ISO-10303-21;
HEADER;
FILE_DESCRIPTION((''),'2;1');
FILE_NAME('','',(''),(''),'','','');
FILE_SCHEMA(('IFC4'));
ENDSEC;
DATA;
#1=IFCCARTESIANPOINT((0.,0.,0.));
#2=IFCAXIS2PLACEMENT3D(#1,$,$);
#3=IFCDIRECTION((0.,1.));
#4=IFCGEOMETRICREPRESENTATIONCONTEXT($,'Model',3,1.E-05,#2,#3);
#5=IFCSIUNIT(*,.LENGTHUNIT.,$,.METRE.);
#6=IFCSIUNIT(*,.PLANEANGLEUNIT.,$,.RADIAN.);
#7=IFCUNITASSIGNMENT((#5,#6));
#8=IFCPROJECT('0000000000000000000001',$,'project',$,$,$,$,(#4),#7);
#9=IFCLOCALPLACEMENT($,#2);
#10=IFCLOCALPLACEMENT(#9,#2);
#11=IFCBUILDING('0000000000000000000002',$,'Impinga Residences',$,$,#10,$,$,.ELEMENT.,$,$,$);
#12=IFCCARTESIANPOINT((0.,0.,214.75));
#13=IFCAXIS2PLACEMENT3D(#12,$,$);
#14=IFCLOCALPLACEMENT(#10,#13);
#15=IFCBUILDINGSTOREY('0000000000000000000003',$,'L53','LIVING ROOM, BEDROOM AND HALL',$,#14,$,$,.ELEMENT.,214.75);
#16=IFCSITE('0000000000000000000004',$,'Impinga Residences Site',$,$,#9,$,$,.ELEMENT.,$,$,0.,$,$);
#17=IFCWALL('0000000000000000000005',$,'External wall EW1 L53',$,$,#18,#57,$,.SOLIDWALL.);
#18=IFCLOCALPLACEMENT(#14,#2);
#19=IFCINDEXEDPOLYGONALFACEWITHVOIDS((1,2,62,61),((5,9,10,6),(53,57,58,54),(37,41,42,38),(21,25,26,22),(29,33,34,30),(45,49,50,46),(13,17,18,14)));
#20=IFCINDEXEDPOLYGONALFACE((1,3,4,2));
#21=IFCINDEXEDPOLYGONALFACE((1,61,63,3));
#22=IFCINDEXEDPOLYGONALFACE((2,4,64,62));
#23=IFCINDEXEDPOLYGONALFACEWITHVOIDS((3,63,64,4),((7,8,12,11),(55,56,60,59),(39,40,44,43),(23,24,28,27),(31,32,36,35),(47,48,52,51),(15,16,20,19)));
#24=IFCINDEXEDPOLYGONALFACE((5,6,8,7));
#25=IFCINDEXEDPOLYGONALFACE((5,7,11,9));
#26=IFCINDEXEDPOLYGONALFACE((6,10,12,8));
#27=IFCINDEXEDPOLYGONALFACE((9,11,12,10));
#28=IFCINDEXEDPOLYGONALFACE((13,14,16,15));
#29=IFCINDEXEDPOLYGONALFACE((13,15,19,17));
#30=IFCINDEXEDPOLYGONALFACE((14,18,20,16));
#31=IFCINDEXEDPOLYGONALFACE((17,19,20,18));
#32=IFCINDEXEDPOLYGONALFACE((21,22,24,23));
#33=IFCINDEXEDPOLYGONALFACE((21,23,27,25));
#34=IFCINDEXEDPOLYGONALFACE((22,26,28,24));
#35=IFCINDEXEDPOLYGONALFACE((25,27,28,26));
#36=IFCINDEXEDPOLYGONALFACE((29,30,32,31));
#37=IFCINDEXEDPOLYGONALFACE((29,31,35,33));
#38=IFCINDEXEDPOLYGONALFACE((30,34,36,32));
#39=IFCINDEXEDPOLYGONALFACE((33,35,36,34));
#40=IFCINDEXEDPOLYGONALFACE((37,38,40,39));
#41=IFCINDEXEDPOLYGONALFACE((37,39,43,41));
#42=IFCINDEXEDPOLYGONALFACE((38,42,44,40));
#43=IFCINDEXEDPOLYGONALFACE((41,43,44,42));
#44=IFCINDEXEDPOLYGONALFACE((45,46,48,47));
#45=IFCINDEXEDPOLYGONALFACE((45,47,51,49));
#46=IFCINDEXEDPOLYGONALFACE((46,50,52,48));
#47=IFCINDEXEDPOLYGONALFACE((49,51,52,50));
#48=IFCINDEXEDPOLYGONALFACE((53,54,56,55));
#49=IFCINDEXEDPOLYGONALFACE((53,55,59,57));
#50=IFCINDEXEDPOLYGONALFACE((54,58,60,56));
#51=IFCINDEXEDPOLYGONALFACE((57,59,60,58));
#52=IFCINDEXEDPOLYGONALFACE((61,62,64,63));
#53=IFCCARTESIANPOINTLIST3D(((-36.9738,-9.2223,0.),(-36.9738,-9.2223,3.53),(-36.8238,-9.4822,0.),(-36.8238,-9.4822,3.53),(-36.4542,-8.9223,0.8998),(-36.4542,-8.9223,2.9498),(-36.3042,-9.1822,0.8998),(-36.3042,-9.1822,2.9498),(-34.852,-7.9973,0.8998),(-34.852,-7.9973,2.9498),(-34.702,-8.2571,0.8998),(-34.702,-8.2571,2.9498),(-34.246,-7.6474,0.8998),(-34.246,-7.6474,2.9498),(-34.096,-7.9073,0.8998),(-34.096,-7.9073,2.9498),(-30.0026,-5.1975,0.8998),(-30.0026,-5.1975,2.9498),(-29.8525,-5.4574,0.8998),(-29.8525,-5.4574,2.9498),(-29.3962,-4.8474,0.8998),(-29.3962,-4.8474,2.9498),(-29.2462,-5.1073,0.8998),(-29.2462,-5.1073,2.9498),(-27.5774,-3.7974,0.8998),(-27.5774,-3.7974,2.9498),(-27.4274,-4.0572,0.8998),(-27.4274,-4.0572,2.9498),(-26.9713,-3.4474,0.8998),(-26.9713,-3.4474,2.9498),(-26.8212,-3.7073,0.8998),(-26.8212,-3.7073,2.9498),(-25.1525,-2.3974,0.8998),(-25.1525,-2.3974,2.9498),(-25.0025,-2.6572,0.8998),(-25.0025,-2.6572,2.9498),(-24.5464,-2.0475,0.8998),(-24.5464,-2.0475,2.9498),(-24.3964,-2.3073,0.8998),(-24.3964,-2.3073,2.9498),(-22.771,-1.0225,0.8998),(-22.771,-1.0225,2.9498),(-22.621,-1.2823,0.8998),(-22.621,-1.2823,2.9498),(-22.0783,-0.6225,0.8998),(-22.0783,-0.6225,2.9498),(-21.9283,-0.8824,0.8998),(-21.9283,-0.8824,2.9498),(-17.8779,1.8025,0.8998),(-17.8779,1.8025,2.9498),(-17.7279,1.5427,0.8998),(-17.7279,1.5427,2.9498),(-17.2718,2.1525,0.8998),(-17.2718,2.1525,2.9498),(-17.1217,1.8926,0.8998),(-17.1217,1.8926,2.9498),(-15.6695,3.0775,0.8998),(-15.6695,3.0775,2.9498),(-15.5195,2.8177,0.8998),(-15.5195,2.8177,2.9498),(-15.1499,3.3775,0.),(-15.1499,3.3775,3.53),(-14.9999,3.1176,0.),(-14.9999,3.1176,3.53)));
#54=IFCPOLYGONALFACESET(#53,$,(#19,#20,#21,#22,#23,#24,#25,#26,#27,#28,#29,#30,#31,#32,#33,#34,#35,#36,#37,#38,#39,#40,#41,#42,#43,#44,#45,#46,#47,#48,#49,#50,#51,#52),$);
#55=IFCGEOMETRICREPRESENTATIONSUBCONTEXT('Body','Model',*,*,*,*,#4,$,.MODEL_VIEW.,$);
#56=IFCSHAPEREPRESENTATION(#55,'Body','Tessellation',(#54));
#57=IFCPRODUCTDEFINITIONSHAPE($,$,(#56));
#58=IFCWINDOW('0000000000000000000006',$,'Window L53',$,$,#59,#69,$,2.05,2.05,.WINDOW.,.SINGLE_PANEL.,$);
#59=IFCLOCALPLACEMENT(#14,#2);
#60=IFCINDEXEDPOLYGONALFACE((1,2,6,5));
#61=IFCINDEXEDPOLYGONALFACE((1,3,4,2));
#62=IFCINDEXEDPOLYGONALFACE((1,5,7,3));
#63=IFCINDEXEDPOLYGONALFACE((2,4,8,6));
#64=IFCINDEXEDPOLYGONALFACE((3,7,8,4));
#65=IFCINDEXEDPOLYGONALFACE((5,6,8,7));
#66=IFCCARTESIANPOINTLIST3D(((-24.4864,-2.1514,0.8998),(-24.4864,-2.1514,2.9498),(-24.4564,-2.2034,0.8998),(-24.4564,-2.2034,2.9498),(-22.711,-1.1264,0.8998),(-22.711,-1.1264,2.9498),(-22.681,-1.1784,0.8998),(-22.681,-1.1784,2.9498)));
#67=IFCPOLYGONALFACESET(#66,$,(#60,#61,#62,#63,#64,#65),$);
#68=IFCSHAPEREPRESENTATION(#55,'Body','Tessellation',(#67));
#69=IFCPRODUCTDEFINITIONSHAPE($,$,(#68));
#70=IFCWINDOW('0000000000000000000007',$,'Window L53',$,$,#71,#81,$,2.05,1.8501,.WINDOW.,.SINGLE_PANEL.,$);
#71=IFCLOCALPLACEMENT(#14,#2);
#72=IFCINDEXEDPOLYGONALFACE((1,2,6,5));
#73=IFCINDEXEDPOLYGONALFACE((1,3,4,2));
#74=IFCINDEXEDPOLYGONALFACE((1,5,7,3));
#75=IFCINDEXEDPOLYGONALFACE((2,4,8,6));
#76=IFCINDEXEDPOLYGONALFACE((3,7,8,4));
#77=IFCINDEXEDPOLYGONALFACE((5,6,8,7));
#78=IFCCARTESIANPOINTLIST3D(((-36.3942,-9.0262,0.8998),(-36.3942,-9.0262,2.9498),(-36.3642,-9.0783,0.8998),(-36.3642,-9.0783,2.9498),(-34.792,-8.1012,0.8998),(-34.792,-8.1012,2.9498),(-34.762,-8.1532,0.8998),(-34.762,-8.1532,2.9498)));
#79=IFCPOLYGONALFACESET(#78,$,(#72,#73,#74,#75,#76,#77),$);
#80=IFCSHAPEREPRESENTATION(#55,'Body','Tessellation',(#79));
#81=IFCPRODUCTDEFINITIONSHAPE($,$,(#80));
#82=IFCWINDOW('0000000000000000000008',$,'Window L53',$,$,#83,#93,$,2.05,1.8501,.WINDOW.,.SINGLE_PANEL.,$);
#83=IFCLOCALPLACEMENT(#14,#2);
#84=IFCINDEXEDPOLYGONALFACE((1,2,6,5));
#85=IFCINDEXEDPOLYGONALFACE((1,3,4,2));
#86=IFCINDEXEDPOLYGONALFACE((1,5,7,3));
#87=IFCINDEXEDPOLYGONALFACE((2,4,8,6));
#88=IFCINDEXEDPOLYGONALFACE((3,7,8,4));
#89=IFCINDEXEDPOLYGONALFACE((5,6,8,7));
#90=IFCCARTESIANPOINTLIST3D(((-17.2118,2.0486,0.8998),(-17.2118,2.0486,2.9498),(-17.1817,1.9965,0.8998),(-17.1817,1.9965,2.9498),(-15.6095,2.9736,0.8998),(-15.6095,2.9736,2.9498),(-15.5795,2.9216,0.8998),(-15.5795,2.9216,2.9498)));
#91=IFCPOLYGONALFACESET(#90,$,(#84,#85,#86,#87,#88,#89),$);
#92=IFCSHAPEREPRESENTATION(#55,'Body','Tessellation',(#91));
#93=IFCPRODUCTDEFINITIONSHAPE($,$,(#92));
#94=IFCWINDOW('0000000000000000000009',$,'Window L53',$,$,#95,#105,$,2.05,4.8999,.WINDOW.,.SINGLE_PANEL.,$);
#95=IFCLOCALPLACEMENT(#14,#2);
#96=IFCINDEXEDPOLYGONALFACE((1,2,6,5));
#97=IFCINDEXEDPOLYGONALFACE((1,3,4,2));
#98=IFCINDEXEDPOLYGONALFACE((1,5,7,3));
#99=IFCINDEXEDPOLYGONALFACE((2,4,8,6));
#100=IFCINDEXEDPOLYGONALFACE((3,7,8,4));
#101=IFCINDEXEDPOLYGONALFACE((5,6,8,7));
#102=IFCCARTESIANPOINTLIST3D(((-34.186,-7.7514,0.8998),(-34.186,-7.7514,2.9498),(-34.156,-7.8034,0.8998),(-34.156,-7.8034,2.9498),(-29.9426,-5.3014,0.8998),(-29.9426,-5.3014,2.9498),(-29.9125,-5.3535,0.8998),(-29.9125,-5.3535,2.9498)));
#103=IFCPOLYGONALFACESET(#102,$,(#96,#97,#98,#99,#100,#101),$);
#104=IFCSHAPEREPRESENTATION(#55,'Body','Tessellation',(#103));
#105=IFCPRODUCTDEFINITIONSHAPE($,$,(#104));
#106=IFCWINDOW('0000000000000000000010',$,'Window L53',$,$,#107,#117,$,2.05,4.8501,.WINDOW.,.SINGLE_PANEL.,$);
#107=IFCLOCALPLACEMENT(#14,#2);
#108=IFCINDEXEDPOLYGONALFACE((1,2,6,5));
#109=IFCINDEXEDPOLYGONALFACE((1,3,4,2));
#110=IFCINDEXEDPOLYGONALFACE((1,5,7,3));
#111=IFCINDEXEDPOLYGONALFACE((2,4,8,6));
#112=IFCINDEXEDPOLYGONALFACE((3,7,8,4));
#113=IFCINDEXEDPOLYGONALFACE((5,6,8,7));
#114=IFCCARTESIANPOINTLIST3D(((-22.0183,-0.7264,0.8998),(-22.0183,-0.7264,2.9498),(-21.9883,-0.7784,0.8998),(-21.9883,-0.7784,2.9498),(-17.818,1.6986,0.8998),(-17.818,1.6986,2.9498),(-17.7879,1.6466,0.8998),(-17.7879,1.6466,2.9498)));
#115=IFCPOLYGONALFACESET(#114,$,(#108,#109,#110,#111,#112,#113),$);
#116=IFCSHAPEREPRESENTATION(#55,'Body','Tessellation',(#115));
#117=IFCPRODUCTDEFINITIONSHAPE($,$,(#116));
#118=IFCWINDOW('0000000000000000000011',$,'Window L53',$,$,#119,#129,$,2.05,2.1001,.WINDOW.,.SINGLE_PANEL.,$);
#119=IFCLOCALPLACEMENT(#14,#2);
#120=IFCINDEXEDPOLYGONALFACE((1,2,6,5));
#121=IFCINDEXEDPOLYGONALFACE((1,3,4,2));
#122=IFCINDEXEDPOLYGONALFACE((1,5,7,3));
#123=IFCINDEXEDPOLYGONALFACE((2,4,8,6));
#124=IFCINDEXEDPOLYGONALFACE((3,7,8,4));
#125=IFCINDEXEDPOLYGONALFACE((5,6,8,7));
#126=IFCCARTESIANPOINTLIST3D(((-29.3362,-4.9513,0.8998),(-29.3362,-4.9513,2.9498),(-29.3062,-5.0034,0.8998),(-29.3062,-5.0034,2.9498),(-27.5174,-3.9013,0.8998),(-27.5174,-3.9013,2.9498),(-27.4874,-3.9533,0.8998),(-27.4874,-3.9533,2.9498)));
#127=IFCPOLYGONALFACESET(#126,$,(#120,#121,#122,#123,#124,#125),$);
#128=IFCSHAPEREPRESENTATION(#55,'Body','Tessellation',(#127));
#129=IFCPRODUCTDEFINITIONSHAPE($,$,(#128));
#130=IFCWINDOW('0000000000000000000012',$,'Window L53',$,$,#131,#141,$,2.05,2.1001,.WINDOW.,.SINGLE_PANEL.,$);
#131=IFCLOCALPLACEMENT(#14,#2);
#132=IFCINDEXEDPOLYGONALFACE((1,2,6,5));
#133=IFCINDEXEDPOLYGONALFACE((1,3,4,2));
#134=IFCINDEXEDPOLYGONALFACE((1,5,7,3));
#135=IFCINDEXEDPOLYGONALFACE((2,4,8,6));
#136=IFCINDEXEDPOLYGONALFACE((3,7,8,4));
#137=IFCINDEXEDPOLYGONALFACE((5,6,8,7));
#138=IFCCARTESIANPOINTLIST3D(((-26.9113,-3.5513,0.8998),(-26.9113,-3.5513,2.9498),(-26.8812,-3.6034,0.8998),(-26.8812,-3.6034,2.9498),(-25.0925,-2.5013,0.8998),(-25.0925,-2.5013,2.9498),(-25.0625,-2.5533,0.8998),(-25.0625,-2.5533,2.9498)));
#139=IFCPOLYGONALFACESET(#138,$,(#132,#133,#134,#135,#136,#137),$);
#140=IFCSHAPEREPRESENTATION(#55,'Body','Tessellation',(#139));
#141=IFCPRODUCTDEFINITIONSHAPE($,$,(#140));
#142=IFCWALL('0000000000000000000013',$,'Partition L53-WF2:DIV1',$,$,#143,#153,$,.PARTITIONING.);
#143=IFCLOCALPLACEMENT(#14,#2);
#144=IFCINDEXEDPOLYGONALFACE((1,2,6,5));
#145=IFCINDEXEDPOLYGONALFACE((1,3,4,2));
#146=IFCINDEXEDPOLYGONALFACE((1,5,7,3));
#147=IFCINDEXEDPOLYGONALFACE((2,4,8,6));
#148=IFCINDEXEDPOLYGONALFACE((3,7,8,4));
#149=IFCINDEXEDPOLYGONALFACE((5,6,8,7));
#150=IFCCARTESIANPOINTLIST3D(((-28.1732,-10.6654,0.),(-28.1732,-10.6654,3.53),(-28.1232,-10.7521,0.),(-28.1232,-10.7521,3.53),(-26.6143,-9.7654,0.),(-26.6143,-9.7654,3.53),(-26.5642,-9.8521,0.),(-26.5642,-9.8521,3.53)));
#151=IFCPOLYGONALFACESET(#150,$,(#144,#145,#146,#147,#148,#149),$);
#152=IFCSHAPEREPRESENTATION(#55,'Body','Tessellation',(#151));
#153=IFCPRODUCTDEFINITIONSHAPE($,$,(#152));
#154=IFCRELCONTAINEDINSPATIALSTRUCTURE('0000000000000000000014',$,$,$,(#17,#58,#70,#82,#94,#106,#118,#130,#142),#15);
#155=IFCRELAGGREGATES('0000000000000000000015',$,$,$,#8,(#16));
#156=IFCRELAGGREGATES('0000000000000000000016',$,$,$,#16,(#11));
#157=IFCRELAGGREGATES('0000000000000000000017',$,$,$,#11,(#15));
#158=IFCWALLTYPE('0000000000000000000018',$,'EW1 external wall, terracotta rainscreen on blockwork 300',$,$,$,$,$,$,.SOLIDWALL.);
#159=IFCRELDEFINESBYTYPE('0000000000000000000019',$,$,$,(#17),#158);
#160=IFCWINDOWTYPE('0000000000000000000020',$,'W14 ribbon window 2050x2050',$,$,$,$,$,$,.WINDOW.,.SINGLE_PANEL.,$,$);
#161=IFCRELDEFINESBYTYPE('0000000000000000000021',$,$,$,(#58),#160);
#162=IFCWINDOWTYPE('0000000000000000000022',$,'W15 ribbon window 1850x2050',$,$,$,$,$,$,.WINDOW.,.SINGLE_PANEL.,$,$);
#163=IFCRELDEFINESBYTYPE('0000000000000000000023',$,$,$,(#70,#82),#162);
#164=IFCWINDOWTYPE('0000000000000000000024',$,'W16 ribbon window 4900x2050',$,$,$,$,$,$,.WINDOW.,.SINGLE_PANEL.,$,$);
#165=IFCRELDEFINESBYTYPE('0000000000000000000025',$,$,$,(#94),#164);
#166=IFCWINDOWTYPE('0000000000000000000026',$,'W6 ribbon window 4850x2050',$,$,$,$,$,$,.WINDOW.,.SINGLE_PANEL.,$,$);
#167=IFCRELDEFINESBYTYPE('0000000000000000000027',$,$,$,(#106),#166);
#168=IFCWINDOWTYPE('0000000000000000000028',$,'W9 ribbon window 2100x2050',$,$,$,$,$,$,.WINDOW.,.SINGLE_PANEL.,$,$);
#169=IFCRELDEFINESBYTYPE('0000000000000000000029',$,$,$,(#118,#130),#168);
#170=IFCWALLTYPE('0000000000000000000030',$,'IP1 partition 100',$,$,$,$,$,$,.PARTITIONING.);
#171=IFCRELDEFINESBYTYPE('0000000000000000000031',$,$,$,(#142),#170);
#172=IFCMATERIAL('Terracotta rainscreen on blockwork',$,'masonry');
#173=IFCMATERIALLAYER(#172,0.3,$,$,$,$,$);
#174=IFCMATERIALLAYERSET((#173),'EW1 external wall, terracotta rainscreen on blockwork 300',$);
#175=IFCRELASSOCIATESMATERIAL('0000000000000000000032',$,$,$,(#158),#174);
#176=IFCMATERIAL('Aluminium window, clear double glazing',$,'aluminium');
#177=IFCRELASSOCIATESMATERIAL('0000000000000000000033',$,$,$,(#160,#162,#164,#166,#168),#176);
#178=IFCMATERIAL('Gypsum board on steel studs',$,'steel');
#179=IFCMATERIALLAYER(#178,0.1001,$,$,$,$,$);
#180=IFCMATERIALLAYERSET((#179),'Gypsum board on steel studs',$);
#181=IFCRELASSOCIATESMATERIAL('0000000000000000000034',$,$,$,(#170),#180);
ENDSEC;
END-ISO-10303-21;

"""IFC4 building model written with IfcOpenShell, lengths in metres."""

from ifc_helpers import new_model, si_unit, direction, frame, frame_2d, origin, place, context, subcontext, project, spatial, rectangle, extrude, material, layer, layer_set, type_object, element, fill, save


model = new_model("IFC4")

# Units and contexts
model_context = context("Model", 3, precision=1e-05, world=origin(), true_north=direction((0.0, 1.0)))
body_context = subcontext(model_context, "Body", "Model", "MODEL_VIEW")
ifc_project = project(units=[si_unit("LENGTHUNIT", "METRE"), si_unit("PLANEANGLEUNIT", "RADIAN")], contexts=[model_context])

# Site, building, storey
site_placement = place(None, origin())
site = spatial("IfcSite", under=ifc_project, at=site_placement, Name="Impinga Residences Site", CompositionType="ELEMENT", RefElevation=0.0)
building_placement = place(site_placement, origin())
building = spatial("IfcBuilding", under=site, at=building_placement, Name="Impinga Residences", CompositionType="ELEMENT")
storey_placement = place(building_placement, frame((0.0, 0.0, 214.75)))
storey = spatial("IfcBuildingStorey", under=building, at=storey_placement, Name="L53", Description="LIVING ROOM, BEDROOM AND HALL", CompositionType="ELEMENT", Elevation=214.75)

# Shared definitions
ifc_material_1 = material(Name="Terracotta rainscreen on blockwork", Category="masonry")
ifc_layer_1 = layer(ifc_material_1, 0.3)
ifc_layer_set_1 = layer_set([ifc_layer_1], Name="EW1 external wall, terracotta rainscreen on blockwork 300")
wall_type_1 = type_object("IfcWallType", Name="EW1 external wall, terracotta rainscreen on blockwork 300", PredefinedType="SOLIDWALL", material=ifc_layer_set_1)

# Wall, openings, windows
wall_1_placement = place(storey_placement, frame((-36.8989, -9.3523, 0.0), z_axis=(0.0, 0.0, 1.0), x_axis=(0.866029, 0.499993, 0.0)))
wall_1 = element("IfcWall", 1, at=wall_1_placement, inside=storey, type_object=wall_type_1, Name="External wall EW1 L53", PredefinedType="SOLIDWALL", context=body_context, shape_type="SweptSolid", body=[
    extrude(rectangle(XDim=25.2, YDim=0.3, at=frame_2d((12.6001, 0.0))), origin(), (0.0, 0.0, 1.0), 3.53),
])
opening_1_placement = place(wall_1_placement, frame((0.6001, 0.0, 0.8999)))
opening_1 = element("IfcOpeningElement", 2, at=opening_1_placement, cuts=wall_1, PredefinedType="OPENING", context=body_context, shape_type="SweptSolid", body=[
    extrude(rectangle(XDim=1.8501, YDim=2.05, at=frame_2d((0.925, 1.0249))), frame((0.0, 0.1599, 0.0), z_axis=(0.0, -1.0, 0.0), x_axis=(1.0, 0.0, 0.0)), (0.0, 0.0, 1.0), 0.3201),
])
opening_2_placement = place(wall_1_placement, frame((3.1499, 0.0, 0.8999)))
opening_2 = element("IfcOpeningElement", 3, at=opening_2_placement, cuts=wall_1, PredefinedType="OPENING", context=body_context, shape_type="SweptSolid", body=[
    extrude(rectangle(XDim=4.8999, YDim=2.05, at=frame_2d((2.45, 1.0249))), frame((0.0, 0.1599, 0.0), z_axis=(0.0, -1.0, 0.0), x_axis=(1.0, 0.0, 0.0)), (0.0, 0.0, 1.0), 0.3201),
])
opening_3_placement = place(wall_1_placement, frame((8.75, 0.0, 0.8999)))
opening_3 = element("IfcOpeningElement", 4, at=opening_3_placement, cuts=wall_1, PredefinedType="OPENING", context=body_context, shape_type="SweptSolid", body=[
    extrude(rectangle(XDim=2.1001, YDim=2.05, at=frame_2d((1.05, 1.0249))), frame((0.0, 0.1599, 0.0), z_axis=(0.0, -1.0, 0.0), x_axis=(1.0, 0.0, 0.0)), (0.0, 0.0, 1.0), 0.3201),
])
opening_4_placement = place(wall_1_placement, frame((11.55, 0.0, 0.8999)))
opening_4 = element("IfcOpeningElement", 5, at=opening_4_placement, cuts=wall_1, PredefinedType="OPENING", context=body_context, shape_type="SweptSolid", body=[
    extrude(rectangle(XDim=2.1001, YDim=2.05, at=frame_2d((1.05, 1.0249))), frame((0.0, 0.1599, 0.0), z_axis=(0.0, -1.0, 0.0), x_axis=(1.0, 0.0, 0.0)), (0.0, 0.0, 1.0), 0.3201),
])
opening_5_placement = place(wall_1_placement, frame((14.3501, 0.0, 0.8999)))
opening_5 = element("IfcOpeningElement", 6, at=opening_5_placement, cuts=wall_1, PredefinedType="OPENING", context=body_context, shape_type="SweptSolid", body=[
    extrude(rectangle(XDim=2.05, YDim=2.05, at=frame_2d((1.0249, 1.0249))), frame((0.0, 0.1599, 0.0), z_axis=(0.0, -1.0, 0.0), x_axis=(1.0, 0.0, 0.0)), (0.0, 0.0, 1.0), 0.3201),
])
opening_6_placement = place(wall_1_placement, frame((17.2, 0.0, 0.8999)))
opening_6 = element("IfcOpeningElement", 7, at=opening_6_placement, cuts=wall_1, PredefinedType="OPENING", context=body_context, shape_type="SweptSolid", body=[
    extrude(rectangle(XDim=4.8501, YDim=2.05, at=frame_2d((2.425, 1.0249))), frame((0.0, 0.1599, 0.0), z_axis=(0.0, -1.0, 0.0), x_axis=(1.0, 0.0, 0.0)), (0.0, 0.0, 1.0), 0.3201),
])
opening_7_placement = place(wall_1_placement, frame((22.75, 0.0, 0.8999)))
opening_7 = element("IfcOpeningElement", 8, at=opening_7_placement, cuts=wall_1, PredefinedType="OPENING", context=body_context, shape_type="SweptSolid", body=[
    extrude(rectangle(XDim=1.8501, YDim=2.05, at=frame_2d((0.925, 1.0249))), frame((0.0, 0.1599, 0.0), z_axis=(0.0, -1.0, 0.0), x_axis=(1.0, 0.0, 0.0)), (0.0, 0.0, 1.0), 0.3201),
])
ifc_material_2 = material(Name="Aluminium window, clear double glazing", Category="aluminium")
window_type_1 = type_object("IfcWindowType", Name="W14 ribbon window 2050x2050", PartitioningType="SINGLE_PANEL", PredefinedType="WINDOW", material=ifc_material_2)
window_1_placement = place(opening_5_placement, origin())
window_1 = element("IfcWindow", 9, at=window_1_placement, inside=storey, type_object=window_type_1, Name="Window L53", OverallHeight=2.05, OverallWidth=2.05, PartitioningType="SINGLE_PANEL", PredefinedType="WINDOW", context=body_context, shape_type="SweptSolid", body=[
    extrude(rectangle(XDim=2.05, YDim=2.05, at=frame_2d((1.0249, 1.0249))), frame((0.0, 0.03, 0.0), z_axis=(0.0, -1.0, 0.0), x_axis=(1.0, 0.0, 0.0)), (0.0, 0.0, 1.0), 0.0601),
])
fill(opening_5, window_1)
window_type_2 = type_object("IfcWindowType", Name="W15 ribbon window 1850x2050", PartitioningType="SINGLE_PANEL", PredefinedType="WINDOW", material=ifc_material_2)
window_2_placement = place(opening_1_placement, origin())
window_2 = element("IfcWindow", 10, at=window_2_placement, inside=storey, type_object=window_type_2, Name="Window L53", OverallHeight=2.05, OverallWidth=1.8501, PartitioningType="SINGLE_PANEL", PredefinedType="WINDOW", context=body_context, shape_type="SweptSolid", body=[
    extrude(rectangle(XDim=1.8501, YDim=2.05, at=frame_2d((0.925, 1.0249))), frame((0.0, 0.03, 0.0), z_axis=(0.0, -1.0, 0.0), x_axis=(1.0, 0.0, 0.0)), (0.0, 0.0, 1.0), 0.0601),
])
fill(opening_1, window_2)
window_3_placement = place(opening_7_placement, origin())
window_3 = element("IfcWindow", 11, at=window_3_placement, inside=storey, type_object=window_type_2, Name="Window L53", OverallHeight=2.05, OverallWidth=1.8501, PartitioningType="SINGLE_PANEL", PredefinedType="WINDOW", context=body_context, shape_type="SweptSolid", body=[
    extrude(rectangle(XDim=1.8501, YDim=2.05, at=frame_2d((0.925, 1.0249))), frame((0.0, 0.03, 0.0), z_axis=(0.0, -1.0, 0.0), x_axis=(1.0, 0.0, 0.0)), (0.0, 0.0, 1.0), 0.0601),
])
fill(opening_7, window_3)
window_type_3 = type_object("IfcWindowType", Name="W16 ribbon window 4900x2050", PartitioningType="SINGLE_PANEL", PredefinedType="WINDOW", material=ifc_material_2)
window_4_placement = place(opening_2_placement, origin())
window_4 = element("IfcWindow", 12, at=window_4_placement, inside=storey, type_object=window_type_3, Name="Window L53", OverallHeight=2.05, OverallWidth=4.8999, PartitioningType="SINGLE_PANEL", PredefinedType="WINDOW", context=body_context, shape_type="SweptSolid", body=[
    extrude(rectangle(XDim=4.8999, YDim=2.05, at=frame_2d((2.45, 1.0249))), frame((0.0, 0.03, 0.0), z_axis=(0.0, -1.0, 0.0), x_axis=(1.0, 0.0, 0.0)), (0.0, 0.0, 1.0), 0.0601),
])
fill(opening_2, window_4)
window_type_4 = type_object("IfcWindowType", Name="W6 ribbon window 4850x2050", PartitioningType="SINGLE_PANEL", PredefinedType="WINDOW", material=ifc_material_2)
window_5_placement = place(opening_6_placement, origin())
window_5 = element("IfcWindow", 13, at=window_5_placement, inside=storey, type_object=window_type_4, Name="Window L53", OverallHeight=2.05, OverallWidth=4.8501, PartitioningType="SINGLE_PANEL", PredefinedType="WINDOW", context=body_context, shape_type="SweptSolid", body=[
    extrude(rectangle(XDim=4.8501, YDim=2.05, at=frame_2d((2.425, 1.0249))), frame((0.0, 0.03, 0.0), z_axis=(0.0, -1.0, 0.0), x_axis=(1.0, 0.0, 0.0)), (0.0, 0.0, 1.0), 0.0601),
])
fill(opening_6, window_5)
window_type_5 = type_object("IfcWindowType", Name="W9 ribbon window 2100x2050", PartitioningType="SINGLE_PANEL", PredefinedType="WINDOW", material=ifc_material_2)
window_6_placement = place(opening_3_placement, origin())
window_6 = element("IfcWindow", 14, at=window_6_placement, inside=storey, type_object=window_type_5, Name="Window L53", OverallHeight=2.05, OverallWidth=2.1001, PartitioningType="SINGLE_PANEL", PredefinedType="WINDOW", context=body_context, shape_type="SweptSolid", body=[
    extrude(rectangle(XDim=2.1001, YDim=2.05, at=frame_2d((1.05, 1.0249))), frame((0.0, 0.03, 0.0), z_axis=(0.0, -1.0, 0.0), x_axis=(1.0, 0.0, 0.0)), (0.0, 0.0, 1.0), 0.0601),
])
fill(opening_3, window_6)
window_7_placement = place(opening_4_placement, origin())
window_7 = element("IfcWindow", 15, at=window_7_placement, inside=storey, type_object=window_type_5, Name="Window L53", OverallHeight=2.05, OverallWidth=2.1001, PartitioningType="SINGLE_PANEL", PredefinedType="WINDOW", context=body_context, shape_type="SweptSolid", body=[
    extrude(rectangle(XDim=2.1001, YDim=2.05, at=frame_2d((1.05, 1.0249))), frame((0.0, 0.03, 0.0), z_axis=(0.0, -1.0, 0.0), x_axis=(1.0, 0.0, 0.0)), (0.0, 0.0, 1.0), 0.0601),
])
fill(opening_4, window_7)

# Wall
ifc_material_3 = material(Name="Gypsum board on steel studs", Category="steel")
ifc_layer_2 = layer(ifc_material_3, 0.1001)
ifc_layer_set_2 = layer_set([ifc_layer_2], Name="Gypsum board on steel studs")
wall_type_2 = type_object("IfcWallType", Name="IP1 partition 100", PredefinedType="PARTITIONING", material=ifc_layer_set_2)
wall_2_placement = place(storey_placement, frame((-26.5894, -9.8088, 0.0), z_axis=(0.0, 0.0, 1.0), x_axis=(-0.866048, -0.499961, 0.0)))
element("IfcWall", 16, at=wall_2_placement, inside=storey, type_object=wall_type_2, Name="Partition L53-WF2:DIV1", PredefinedType="PARTITIONING", context=body_context, shape_type="SweptSolid", body=[
    extrude(rectangle(XDim=1.8, YDim=0.1001, at=frame_2d((0.8999, 0.0))), origin(), (0.0, 0.0, 1.0), 3.53),
])

save(model, "model.ifc")
